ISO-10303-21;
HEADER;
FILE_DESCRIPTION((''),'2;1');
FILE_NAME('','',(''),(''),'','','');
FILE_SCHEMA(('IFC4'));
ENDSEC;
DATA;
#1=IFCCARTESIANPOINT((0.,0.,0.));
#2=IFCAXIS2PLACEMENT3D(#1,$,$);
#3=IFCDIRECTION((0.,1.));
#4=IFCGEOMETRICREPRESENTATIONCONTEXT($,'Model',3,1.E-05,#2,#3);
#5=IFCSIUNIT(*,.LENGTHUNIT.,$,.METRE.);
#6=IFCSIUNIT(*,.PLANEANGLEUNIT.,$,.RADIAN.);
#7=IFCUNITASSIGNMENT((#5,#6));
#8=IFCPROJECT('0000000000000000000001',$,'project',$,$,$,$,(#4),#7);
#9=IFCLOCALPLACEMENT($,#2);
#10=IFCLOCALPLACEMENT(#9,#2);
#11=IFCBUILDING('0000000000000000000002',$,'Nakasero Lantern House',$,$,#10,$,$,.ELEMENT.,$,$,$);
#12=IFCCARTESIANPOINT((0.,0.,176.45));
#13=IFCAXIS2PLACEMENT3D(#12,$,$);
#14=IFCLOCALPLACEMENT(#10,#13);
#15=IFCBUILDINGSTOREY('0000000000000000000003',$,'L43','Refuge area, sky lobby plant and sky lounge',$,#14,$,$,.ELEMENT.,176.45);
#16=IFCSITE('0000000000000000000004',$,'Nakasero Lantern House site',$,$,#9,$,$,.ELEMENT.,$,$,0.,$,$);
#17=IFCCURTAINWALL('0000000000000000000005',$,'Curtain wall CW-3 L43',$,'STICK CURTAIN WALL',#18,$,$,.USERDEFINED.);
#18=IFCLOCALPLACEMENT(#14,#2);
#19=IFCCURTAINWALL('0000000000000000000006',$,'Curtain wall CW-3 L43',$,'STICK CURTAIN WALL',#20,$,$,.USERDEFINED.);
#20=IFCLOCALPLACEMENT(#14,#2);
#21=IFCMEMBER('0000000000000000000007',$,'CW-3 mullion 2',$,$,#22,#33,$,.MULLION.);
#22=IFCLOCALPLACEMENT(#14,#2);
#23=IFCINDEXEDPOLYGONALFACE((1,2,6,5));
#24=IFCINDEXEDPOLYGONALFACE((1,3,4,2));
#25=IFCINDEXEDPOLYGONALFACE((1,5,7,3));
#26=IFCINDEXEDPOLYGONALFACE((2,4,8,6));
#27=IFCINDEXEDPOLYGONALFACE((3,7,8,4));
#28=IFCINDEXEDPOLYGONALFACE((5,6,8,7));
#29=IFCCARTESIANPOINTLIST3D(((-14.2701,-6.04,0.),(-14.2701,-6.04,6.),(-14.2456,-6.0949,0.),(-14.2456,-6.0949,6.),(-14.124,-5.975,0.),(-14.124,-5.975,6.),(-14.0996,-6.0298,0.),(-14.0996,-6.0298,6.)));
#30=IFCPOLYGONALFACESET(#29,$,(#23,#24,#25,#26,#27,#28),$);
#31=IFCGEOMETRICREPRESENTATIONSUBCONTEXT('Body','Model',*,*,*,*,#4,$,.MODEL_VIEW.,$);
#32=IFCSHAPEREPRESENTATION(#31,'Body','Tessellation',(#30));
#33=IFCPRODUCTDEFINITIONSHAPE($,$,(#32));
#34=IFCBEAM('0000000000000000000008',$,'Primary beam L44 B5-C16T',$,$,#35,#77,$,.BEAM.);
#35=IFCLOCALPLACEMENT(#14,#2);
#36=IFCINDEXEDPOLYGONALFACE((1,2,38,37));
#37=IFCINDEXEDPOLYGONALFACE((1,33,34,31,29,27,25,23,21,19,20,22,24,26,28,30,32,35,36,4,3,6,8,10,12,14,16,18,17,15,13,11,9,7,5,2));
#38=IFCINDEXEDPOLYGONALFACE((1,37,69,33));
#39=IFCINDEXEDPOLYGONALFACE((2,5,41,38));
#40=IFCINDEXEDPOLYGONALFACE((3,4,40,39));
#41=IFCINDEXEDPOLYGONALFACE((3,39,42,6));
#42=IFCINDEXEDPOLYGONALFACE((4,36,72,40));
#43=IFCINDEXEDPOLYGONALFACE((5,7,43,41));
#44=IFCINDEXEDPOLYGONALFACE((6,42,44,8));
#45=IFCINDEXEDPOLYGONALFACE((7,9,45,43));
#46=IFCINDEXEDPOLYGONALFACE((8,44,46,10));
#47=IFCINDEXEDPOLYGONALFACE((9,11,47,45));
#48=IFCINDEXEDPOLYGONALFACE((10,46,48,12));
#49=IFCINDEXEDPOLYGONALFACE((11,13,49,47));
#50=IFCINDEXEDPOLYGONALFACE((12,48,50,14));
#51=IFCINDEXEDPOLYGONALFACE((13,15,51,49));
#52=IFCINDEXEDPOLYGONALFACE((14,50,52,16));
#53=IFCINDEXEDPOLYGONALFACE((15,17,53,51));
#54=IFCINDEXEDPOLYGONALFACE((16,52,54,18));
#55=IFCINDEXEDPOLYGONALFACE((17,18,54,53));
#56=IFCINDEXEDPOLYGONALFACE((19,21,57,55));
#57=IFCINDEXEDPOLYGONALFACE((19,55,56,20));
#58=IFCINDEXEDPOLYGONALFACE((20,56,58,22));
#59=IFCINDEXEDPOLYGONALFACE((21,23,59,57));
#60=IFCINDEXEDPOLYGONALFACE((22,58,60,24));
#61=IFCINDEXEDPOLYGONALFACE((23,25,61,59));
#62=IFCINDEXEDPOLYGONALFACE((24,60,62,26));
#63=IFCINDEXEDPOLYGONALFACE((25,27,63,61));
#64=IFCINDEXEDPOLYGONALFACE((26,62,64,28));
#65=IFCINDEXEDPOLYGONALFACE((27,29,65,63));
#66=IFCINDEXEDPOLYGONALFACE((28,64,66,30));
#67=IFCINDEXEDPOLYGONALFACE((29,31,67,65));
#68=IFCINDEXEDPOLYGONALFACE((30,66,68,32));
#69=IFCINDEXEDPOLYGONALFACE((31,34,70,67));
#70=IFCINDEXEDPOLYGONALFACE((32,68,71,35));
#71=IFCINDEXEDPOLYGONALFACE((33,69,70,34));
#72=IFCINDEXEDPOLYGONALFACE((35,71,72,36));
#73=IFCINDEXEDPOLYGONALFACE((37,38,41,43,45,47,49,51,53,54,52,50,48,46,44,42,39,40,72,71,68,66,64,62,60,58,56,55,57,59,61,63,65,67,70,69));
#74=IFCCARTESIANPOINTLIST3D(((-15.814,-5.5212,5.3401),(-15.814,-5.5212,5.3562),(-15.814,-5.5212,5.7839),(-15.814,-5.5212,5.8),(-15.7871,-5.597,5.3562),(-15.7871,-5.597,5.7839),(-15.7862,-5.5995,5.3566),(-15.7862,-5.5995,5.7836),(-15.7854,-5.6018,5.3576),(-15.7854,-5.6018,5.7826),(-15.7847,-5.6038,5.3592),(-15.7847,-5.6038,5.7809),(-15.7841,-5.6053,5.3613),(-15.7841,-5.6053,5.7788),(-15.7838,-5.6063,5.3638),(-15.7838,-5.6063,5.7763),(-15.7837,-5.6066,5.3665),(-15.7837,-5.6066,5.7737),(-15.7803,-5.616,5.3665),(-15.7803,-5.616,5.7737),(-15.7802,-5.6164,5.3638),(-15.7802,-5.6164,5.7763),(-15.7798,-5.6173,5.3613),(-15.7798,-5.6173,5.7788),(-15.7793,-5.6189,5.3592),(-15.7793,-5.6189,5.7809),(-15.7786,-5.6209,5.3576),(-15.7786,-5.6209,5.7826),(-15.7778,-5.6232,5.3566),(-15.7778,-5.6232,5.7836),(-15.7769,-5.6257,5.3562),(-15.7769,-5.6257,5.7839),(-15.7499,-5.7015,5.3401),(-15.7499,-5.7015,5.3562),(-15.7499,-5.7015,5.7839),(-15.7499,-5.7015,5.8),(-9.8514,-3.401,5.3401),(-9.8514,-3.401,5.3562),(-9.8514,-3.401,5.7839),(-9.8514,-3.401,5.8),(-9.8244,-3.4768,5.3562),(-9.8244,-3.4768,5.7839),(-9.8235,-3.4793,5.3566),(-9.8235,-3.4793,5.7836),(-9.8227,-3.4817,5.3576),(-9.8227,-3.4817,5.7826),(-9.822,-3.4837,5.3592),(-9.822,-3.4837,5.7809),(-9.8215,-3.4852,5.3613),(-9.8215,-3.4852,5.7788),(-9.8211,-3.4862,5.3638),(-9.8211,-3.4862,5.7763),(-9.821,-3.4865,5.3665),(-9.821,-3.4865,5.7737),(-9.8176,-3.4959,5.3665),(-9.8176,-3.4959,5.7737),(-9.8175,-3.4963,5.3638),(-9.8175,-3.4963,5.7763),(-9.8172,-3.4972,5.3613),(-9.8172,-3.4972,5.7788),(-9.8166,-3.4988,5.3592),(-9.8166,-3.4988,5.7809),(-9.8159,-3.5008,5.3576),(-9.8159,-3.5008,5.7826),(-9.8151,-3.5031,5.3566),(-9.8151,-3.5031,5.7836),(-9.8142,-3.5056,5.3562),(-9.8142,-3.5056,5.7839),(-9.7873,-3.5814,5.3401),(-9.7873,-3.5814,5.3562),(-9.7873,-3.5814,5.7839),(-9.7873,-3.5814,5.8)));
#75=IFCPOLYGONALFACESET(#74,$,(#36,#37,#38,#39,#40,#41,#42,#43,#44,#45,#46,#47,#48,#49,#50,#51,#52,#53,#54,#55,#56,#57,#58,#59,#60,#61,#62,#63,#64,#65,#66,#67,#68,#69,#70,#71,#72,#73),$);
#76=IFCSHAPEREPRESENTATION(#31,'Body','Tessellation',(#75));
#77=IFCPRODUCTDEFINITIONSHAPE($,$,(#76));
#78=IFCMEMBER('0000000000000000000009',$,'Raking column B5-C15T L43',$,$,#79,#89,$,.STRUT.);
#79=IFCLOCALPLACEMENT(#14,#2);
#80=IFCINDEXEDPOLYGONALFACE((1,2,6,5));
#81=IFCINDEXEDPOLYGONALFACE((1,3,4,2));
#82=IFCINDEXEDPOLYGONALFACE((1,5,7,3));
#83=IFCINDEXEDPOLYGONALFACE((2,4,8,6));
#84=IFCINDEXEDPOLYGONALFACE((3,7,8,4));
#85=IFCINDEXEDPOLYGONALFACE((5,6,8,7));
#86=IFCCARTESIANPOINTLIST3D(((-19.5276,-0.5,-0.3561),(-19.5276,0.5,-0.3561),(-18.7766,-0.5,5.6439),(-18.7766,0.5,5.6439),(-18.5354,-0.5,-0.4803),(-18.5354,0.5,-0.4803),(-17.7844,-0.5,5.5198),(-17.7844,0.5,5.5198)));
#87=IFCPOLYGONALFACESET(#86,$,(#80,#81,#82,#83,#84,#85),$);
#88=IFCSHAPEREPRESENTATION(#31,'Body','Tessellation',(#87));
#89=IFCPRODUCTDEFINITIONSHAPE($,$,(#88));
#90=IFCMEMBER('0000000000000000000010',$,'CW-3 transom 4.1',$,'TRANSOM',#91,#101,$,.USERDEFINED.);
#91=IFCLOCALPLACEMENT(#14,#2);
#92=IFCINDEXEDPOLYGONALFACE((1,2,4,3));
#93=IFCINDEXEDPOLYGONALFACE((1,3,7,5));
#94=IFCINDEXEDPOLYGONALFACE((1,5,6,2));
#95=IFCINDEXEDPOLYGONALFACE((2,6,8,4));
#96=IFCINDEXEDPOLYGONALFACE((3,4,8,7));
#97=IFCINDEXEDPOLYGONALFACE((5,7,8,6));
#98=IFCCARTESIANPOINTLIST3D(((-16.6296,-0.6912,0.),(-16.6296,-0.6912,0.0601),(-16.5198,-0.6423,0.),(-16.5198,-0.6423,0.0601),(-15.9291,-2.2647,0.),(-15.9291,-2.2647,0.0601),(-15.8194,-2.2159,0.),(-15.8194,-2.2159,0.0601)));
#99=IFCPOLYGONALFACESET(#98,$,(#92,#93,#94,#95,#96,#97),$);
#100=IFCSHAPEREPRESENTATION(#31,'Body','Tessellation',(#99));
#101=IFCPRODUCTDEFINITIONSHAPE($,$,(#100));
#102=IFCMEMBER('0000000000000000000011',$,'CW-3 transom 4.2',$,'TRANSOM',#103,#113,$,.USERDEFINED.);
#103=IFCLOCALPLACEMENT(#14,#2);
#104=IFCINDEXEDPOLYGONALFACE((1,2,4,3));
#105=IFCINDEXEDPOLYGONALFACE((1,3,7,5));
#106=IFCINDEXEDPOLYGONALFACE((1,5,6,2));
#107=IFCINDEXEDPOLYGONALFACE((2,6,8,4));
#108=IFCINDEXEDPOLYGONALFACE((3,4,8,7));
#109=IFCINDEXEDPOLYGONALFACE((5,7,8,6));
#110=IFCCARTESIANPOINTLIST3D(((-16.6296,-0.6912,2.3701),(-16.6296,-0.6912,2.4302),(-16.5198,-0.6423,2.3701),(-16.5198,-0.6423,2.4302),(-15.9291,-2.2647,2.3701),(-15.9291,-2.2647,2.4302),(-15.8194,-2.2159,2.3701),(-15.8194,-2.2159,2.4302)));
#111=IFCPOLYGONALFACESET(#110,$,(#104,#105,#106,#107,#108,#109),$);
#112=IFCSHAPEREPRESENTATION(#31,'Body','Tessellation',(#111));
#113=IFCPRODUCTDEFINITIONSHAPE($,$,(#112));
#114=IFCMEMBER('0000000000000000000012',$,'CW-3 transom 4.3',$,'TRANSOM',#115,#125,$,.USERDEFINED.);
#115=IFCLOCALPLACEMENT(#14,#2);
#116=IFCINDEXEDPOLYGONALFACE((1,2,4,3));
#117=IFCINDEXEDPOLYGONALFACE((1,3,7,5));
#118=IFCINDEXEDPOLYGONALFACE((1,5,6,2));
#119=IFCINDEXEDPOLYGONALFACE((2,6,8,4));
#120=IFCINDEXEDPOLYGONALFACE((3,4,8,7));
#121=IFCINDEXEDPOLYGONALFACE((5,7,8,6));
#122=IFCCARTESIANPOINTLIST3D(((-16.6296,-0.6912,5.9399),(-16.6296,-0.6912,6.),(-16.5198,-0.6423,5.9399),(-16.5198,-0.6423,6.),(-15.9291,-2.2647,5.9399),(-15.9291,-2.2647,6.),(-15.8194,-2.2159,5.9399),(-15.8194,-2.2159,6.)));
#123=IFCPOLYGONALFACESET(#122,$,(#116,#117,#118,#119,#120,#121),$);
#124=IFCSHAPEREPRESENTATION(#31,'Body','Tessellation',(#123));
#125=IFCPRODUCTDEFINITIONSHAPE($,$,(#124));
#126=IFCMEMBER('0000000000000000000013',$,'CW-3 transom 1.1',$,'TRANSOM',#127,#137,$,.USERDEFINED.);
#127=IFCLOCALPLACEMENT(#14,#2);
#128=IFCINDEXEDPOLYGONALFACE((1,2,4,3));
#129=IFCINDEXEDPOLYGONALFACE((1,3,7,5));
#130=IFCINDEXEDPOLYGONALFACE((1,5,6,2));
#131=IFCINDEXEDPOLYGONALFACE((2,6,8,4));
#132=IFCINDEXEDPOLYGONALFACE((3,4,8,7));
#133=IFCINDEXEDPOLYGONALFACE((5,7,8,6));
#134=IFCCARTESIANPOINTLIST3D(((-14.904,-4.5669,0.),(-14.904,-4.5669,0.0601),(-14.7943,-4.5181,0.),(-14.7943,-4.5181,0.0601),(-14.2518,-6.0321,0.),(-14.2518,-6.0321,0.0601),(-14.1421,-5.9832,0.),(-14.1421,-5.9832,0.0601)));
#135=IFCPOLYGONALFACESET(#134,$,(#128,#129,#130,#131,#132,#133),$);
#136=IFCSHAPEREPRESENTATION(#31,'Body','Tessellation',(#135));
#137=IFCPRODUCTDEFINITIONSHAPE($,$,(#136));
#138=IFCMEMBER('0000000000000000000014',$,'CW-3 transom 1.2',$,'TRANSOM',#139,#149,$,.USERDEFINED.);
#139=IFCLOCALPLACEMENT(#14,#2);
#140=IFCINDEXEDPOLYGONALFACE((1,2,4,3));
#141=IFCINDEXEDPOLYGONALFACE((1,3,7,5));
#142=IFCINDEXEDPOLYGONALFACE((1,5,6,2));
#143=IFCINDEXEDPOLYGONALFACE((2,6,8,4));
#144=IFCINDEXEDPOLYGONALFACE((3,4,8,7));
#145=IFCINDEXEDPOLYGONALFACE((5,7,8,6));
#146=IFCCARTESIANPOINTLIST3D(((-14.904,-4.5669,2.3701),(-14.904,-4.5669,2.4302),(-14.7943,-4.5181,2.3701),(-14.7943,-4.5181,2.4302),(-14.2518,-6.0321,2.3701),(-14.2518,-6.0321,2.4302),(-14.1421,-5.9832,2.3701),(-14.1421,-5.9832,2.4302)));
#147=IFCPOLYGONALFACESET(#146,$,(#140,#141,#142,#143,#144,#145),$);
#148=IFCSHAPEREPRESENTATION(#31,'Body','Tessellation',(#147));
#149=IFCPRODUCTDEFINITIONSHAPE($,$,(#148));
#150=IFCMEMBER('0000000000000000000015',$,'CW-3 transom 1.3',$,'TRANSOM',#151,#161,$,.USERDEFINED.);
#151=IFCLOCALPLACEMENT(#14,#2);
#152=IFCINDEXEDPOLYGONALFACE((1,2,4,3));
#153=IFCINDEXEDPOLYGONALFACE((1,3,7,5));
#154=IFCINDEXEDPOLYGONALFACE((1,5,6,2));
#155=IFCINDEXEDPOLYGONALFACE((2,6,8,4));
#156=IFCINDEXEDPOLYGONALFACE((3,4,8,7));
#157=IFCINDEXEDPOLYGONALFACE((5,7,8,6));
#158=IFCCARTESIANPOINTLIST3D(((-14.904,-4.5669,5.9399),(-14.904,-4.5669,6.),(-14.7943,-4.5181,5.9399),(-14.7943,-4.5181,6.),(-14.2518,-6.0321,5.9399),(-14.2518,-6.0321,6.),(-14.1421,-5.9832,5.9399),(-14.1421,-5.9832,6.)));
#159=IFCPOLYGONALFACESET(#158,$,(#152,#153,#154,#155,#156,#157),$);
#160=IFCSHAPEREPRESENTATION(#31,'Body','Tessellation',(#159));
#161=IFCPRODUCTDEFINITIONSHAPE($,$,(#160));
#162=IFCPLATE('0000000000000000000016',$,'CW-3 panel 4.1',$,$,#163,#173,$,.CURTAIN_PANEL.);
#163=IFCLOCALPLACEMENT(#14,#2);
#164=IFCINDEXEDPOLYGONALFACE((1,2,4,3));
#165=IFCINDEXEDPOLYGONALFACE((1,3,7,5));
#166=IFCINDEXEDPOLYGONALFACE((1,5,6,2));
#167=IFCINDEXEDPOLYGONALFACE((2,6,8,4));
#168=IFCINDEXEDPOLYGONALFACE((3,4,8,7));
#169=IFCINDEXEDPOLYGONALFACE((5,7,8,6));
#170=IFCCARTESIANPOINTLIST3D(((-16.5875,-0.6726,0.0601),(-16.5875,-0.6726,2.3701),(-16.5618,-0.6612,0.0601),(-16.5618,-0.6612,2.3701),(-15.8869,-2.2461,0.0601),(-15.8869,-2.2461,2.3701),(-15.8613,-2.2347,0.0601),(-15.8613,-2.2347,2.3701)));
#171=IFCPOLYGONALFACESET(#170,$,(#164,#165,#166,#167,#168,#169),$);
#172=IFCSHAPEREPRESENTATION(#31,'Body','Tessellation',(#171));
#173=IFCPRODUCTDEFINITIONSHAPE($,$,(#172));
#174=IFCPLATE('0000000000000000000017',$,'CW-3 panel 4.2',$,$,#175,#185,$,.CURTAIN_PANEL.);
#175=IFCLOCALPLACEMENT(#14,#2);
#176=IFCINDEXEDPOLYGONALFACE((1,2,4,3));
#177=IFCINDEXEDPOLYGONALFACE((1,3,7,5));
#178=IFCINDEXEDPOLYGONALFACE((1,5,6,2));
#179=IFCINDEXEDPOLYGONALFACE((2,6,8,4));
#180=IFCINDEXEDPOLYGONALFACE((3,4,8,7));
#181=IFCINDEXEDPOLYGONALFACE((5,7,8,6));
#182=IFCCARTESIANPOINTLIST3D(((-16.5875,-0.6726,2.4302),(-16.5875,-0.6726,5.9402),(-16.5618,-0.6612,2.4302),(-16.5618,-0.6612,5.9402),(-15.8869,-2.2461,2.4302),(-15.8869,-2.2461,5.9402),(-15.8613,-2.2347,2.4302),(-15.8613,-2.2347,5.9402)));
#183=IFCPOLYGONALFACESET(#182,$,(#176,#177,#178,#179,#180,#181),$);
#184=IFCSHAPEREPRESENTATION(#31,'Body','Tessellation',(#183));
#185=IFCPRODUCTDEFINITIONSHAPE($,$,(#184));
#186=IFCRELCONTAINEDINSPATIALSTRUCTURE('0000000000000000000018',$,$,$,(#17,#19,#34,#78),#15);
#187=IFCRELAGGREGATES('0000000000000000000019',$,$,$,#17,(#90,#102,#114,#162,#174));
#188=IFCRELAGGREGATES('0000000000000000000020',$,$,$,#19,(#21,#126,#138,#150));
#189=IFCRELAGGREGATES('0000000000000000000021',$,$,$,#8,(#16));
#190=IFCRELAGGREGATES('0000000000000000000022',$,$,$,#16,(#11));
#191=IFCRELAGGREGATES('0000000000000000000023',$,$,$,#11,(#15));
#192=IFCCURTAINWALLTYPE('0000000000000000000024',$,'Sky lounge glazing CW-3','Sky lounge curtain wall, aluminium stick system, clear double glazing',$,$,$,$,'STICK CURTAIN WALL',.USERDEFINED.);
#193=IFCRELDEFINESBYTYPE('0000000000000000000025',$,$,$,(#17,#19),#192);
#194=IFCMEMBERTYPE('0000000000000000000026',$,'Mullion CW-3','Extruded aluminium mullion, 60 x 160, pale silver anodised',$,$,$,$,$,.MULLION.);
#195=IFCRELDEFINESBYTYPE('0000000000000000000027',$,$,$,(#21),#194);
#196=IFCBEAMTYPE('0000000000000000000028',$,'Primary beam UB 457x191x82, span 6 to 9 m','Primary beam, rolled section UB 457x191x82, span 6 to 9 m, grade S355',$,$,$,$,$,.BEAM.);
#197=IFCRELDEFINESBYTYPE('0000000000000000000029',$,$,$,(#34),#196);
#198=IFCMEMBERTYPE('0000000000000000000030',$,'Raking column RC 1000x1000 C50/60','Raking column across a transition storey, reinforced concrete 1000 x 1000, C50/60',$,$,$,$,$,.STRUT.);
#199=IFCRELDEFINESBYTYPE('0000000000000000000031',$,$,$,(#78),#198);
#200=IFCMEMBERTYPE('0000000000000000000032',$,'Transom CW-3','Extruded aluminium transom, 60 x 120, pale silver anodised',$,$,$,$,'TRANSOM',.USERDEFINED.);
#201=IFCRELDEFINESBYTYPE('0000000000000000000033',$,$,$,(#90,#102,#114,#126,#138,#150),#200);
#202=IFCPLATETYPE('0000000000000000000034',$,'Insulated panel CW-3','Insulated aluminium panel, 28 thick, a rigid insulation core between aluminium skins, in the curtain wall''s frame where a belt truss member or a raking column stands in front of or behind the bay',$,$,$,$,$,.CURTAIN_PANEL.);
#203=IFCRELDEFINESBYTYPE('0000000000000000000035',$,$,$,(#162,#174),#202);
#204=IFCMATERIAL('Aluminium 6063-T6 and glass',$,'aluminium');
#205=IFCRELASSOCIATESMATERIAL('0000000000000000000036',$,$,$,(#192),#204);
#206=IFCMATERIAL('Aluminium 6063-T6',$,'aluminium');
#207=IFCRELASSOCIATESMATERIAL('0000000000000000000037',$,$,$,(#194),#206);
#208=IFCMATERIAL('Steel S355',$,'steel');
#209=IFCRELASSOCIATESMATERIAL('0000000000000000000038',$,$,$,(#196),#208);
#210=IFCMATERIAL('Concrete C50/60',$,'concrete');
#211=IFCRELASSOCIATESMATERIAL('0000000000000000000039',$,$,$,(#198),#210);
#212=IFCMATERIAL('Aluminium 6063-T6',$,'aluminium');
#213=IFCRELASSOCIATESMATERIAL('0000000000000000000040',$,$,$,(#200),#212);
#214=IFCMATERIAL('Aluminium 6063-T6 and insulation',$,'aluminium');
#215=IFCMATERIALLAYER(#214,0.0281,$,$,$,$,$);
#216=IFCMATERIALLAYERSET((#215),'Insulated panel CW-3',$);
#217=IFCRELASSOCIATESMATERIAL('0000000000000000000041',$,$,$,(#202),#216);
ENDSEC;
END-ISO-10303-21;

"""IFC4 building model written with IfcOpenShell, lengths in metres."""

from ifc_helpers import new_model, si_unit, direction, frame, origin, origin_2d, place, context, subcontext, project, spatial, rectangle, i_section, extrude, material, layer, layer_set, material_profile, profile_set, type_object, element, aggregate, save


model = new_model("IFC4")

# Units and contexts
model_context = context("Model", 3, precision=1e-05, world=origin(), true_north=direction((0.0, 1.0)))
body_context = subcontext(model_context, "Body", "Model", "MODEL_VIEW")
ifc_project = project(units=[si_unit("LENGTHUNIT", "METRE"), si_unit("PLANEANGLEUNIT", "RADIAN")], contexts=[model_context])

# Site, building, storey
site_placement = place(None, origin())
site = spatial("IfcSite", under=ifc_project, at=site_placement, Name="Nakasero Lantern House site", CompositionType="ELEMENT", RefElevation=0.0)
building_placement = place(site_placement, origin())
building = spatial("IfcBuilding", under=site, at=building_placement, Name="Nakasero Lantern House", CompositionType="ELEMENT")
storey_placement = place(building_placement, frame((0.0, 0.0, 176.45)))
storey = spatial("IfcBuildingStorey", under=building, at=storey_placement, Name="L43", Description="Refuge area, sky lobby plant and sky lounge", CompositionType="ELEMENT", Elevation=176.45)

# Curtain walls, member
ifc_material_1 = material(Name="Aluminium 6063-T6 and glass", Category="aluminium")
curtain_wall_type = type_object("IfcCurtainWallType", Name="Sky lounge glazing CW-3", Description="Sky lounge curtain wall, aluminium stick system, clear double glazing", ElementType="STICK CURTAIN WALL", PredefinedType="USERDEFINED", material=ifc_material_1)
curtain_wall_1_placement = place(storey_placement, origin())
curtain_wall_1 = element("IfcCurtainWall", 1, at=curtain_wall_1_placement, inside=storey, type_object=curtain_wall_type, Name="Curtain wall CW-3 L43", ObjectType="STICK CURTAIN WALL", PredefinedType="USERDEFINED")
ifc_material_2 = material(Name="Aluminium 6063-T6", Category="aluminium")
ifc_material_profile_1 = material_profile(ifc_material_2, rectangle(XDim=0.0601, YDim=0.1599, at=origin_2d()), Name="CW-3 mullion 60x160")
ifc_profile_set_1 = profile_set([ifc_material_profile_1], Name="Aluminium 6063-T6")
member_type_1 = type_object("IfcMemberType", Name="Mullion CW-3", Description="Extruded aluminium mullion, 60 x 160, pale silver anodised", PredefinedType="MULLION", material=ifc_profile_set_1)
curtain_wall_2_placement = place(storey_placement, origin())
curtain_wall_2 = element("IfcCurtainWall", 2, at=curtain_wall_2_placement, inside=storey, type_object=curtain_wall_type, Name="Curtain wall CW-3 L43", ObjectType="STICK CURTAIN WALL", PredefinedType="USERDEFINED")
member_1_placement = place(storey_placement, frame((-14.1848, -6.0349, 0.0), z_axis=(0.0, 0.0, 1.0), x_axis=(0.406737, -0.913545, 0.0)))
member_1 = element("IfcMember", 3, at=member_1_placement, type_object=member_type_1, Name="CW-3 mullion 2", PredefinedType="MULLION", context=body_context, shape_type="SweptSolid", body=[
    extrude(rectangle(XDim=0.0601, YDim=0.1599, at=origin_2d()), origin(), (0.0, 0.0, 1.0), 6.0),
])

# Beam
ifc_material_3 = material(Name="Steel S355", Category="steel")
ifc_material_profile_2 = material_profile(ifc_material_3, i_section(OverallWidth=0.1914, OverallDepth=0.46, WebThickness=0.01, FlangeThickness=0.0161, FilletRadius=0.0103, at=origin_2d()), Name="UB 457x191x82")
ifc_profile_set_2 = profile_set([ifc_material_profile_2], Name="Steel S355")
beam_type_1 = type_object("IfcBeamType", Name="Primary beam UB 457x191x82, span 6 to 9 m", Description="Primary beam, rolled section UB 457x191x82, span 6 to 9 m, grade S355", PredefinedType="BEAM", material=ifc_profile_set_2)
beam_1_placement = place(storey_placement, frame((-15.782, -5.6113, 5.5701), z_axis=(0.942211, 0.335019, 0.0), x_axis=(-0.335019, 0.942211, 0.0)))
element("IfcBeam", 4, at=beam_1_placement, inside=storey, type_object=beam_type_1, Name="Primary beam L44 B5-C16T", PredefinedType="BEAM", context=body_context, shape_type="SweptSolid", body=[
    extrude(i_section(OverallWidth=0.1914, OverallDepth=0.46, WebThickness=0.01, FlangeThickness=0.0161, FilletRadius=0.0103, at=origin_2d()), origin(), (0.0, 0.0, 1.0), 6.3284),
])

# Members
ifc_material_4 = material(Name="Concrete C50/60", Category="concrete")
ifc_material_profile_3 = material_profile(ifc_material_4, rectangle(XDim=1.0, YDim=1.0, at=origin_2d()), Name="RC 1000x1000")
ifc_profile_set_3 = profile_set([ifc_material_profile_3], Name="Concrete C50/60")
member_type_2 = type_object("IfcMemberType", Name="Raking column RC 1000x1000 C50/60", Description="Raking column across a transition storey, reinforced concrete 1000 x 1000, C50/60", PredefinedType="STRUT", material=ifc_profile_set_3)
member_2_placement = place(storey_placement, frame((-19.0315, 0.0, -0.4182), z_axis=(0.124194, 0.0, 0.992258), x_axis=(0.0, 1.0, 0.0)))
element("IfcMember", 5, at=member_2_placement, inside=storey, type_object=member_type_2, Name="Raking column B5-C15T L43", PredefinedType="STRUT", context=body_context, shape_type="SweptSolid", body=[
    extrude(rectangle(XDim=1.0, YDim=1.0, at=origin_2d()), origin(), (0.0, 0.0, 1.0), 6.0469),
])
ifc_material_5 = material(Name="Aluminium 6063-T6", Category="aluminium")
ifc_material_profile_4 = material_profile(ifc_material_5, rectangle(XDim=0.0601, YDim=0.1201, at=origin_2d()), Name="CW-3 transom 60x120")
ifc_profile_set_4 = profile_set([ifc_material_profile_4], Name="Aluminium 6063-T6")
member_type_3 = type_object("IfcMemberType", Name="Transom CW-3", Description="Extruded aluminium transom, 60 x 120, pale silver anodised", ElementType="TRANSOM", PredefinedType="USERDEFINED", material=ifc_profile_set_4)
member_3_placement = place(storey_placement, frame((-16.5747, -0.6667, 0.03), z_axis=(0.406678, -0.913572, 0.0), x_axis=(0.0, 0.0, 1.0)))
member_3 = element("IfcMember", 6, at=member_3_placement, type_object=member_type_3, Name="CW-3 transom 4.1", ObjectType="TRANSOM", PredefinedType="USERDEFINED", context=body_context, shape_type="SweptSolid", body=[
    extrude(rectangle(XDim=0.0601, YDim=0.1201, at=origin_2d()), origin(), (0.0, 0.0, 1.0), 1.7224),
])
member_4_placement = place(storey_placement, frame((-16.5747, -0.6667, 2.4001), z_axis=(0.406678, -0.913572, 0.0), x_axis=(0.0, 0.0, 1.0)))
member_4 = element("IfcMember", 7, at=member_4_placement, type_object=member_type_3, Name="CW-3 transom 4.2", ObjectType="TRANSOM", PredefinedType="USERDEFINED", context=body_context, shape_type="SweptSolid", body=[
    extrude(rectangle(XDim=0.0601, YDim=0.1201, at=origin_2d()), origin(), (0.0, 0.0, 1.0), 1.7224),
])
member_5_placement = place(storey_placement, frame((-16.5747, -0.6667, 5.97), z_axis=(0.406678, -0.913572, 0.0), x_axis=(0.0, 0.0, 1.0)))
member_5 = element("IfcMember", 8, at=member_5_placement, type_object=member_type_3, Name="CW-3 transom 4.3", ObjectType="TRANSOM", PredefinedType="USERDEFINED", context=body_context, shape_type="SweptSolid", body=[
    extrude(rectangle(XDim=0.0601, YDim=0.1201, at=origin_2d()), origin(), (0.0, 0.0, 1.0), 1.7224),
])
member_6_placement = place(storey_placement, frame((-14.8491, -4.5425, 0.03), z_axis=(0.406633, -0.913592, 0.0), x_axis=(0.0, 0.0, 1.0)))
member_6 = element("IfcMember", 9, at=member_6_placement, type_object=member_type_3, Name="CW-3 transom 1.1", ObjectType="TRANSOM", PredefinedType="USERDEFINED", context=body_context, shape_type="SweptSolid", body=[
    extrude(rectangle(XDim=0.0601, YDim=0.1201, at=origin_2d()), origin(), (0.0, 0.0, 1.0), 1.6038),
])
member_7_placement = place(storey_placement, frame((-14.8491, -4.5425, 2.4001), z_axis=(0.406633, -0.913592, 0.0), x_axis=(0.0, 0.0, 1.0)))
member_7 = element("IfcMember", 10, at=member_7_placement, type_object=member_type_3, Name="CW-3 transom 1.2", ObjectType="TRANSOM", PredefinedType="USERDEFINED", context=body_context, shape_type="SweptSolid", body=[
    extrude(rectangle(XDim=0.0601, YDim=0.1201, at=origin_2d()), origin(), (0.0, 0.0, 1.0), 1.6038),
])
member_8_placement = place(storey_placement, frame((-14.8491, -4.5425, 5.97), z_axis=(0.406633, -0.913592, 0.0), x_axis=(0.0, 0.0, 1.0)))
member_8 = element("IfcMember", 11, at=member_8_placement, type_object=member_type_3, Name="CW-3 transom 1.3", ObjectType="TRANSOM", PredefinedType="USERDEFINED", context=body_context, shape_type="SweptSolid", body=[
    extrude(rectangle(XDim=0.0601, YDim=0.1201, at=origin_2d()), origin(), (0.0, 0.0, 1.0), 1.6038),
])

# Plates
ifc_material_6 = material(Name="Aluminium 6063-T6 and insulation", Category="aluminium")
ifc_layer_1 = layer(ifc_material_6, 0.0281)
ifc_layer_set_1 = layer_set([ifc_layer_1], Name="Insulated panel CW-3")
plate_type_1 = type_object("IfcPlateType", Name="Insulated panel CW-3", Description="Insulated aluminium panel, 28 thick, a rigid insulation core between aluminium skins, in the curtain wall's frame where a belt truss member or a raking column stands in front of or behind the bay", PredefinedType="CURTAIN_PANEL", material=ifc_layer_set_1)
plate_1_placement = place(storey_placement, frame((-16.2244, -1.4536, 0.0601), z_axis=(0.0, 0.0, 1.0), x_axis=(0.406737, -0.913545, 0.0)))
plate_1 = element("IfcPlate", 12, at=plate_1_placement, type_object=plate_type_1, Name="CW-3 panel 4.1", PredefinedType="CURTAIN_PANEL", context=body_context, shape_type="SweptSolid", body=[
    extrude(rectangle(XDim=1.7224, YDim=0.0281, at=origin_2d()), origin(), (0.0, 0.0, 1.0), 2.3101),
])
plate_2_placement = place(storey_placement, frame((-16.2244, -1.4536, 2.4302), z_axis=(0.0, 0.0, 1.0), x_axis=(0.406737, -0.913545, 0.0)))
plate_2 = element("IfcPlate", 13, at=plate_2_placement, type_object=plate_type_1, Name="CW-3 panel 4.2", PredefinedType="CURTAIN_PANEL", context=body_context, shape_type="SweptSolid", body=[
    extrude(rectangle(XDim=1.7224, YDim=0.0281, at=origin_2d()), origin(), (0.0, 0.0, 1.0), 3.51),
])
aggregate(curtain_wall_1, [member_3, member_4, member_5, plate_1, plate_2])
aggregate(curtain_wall_2, [member_1, member_6, member_7, member_8])

save(model, "model.ifc")
